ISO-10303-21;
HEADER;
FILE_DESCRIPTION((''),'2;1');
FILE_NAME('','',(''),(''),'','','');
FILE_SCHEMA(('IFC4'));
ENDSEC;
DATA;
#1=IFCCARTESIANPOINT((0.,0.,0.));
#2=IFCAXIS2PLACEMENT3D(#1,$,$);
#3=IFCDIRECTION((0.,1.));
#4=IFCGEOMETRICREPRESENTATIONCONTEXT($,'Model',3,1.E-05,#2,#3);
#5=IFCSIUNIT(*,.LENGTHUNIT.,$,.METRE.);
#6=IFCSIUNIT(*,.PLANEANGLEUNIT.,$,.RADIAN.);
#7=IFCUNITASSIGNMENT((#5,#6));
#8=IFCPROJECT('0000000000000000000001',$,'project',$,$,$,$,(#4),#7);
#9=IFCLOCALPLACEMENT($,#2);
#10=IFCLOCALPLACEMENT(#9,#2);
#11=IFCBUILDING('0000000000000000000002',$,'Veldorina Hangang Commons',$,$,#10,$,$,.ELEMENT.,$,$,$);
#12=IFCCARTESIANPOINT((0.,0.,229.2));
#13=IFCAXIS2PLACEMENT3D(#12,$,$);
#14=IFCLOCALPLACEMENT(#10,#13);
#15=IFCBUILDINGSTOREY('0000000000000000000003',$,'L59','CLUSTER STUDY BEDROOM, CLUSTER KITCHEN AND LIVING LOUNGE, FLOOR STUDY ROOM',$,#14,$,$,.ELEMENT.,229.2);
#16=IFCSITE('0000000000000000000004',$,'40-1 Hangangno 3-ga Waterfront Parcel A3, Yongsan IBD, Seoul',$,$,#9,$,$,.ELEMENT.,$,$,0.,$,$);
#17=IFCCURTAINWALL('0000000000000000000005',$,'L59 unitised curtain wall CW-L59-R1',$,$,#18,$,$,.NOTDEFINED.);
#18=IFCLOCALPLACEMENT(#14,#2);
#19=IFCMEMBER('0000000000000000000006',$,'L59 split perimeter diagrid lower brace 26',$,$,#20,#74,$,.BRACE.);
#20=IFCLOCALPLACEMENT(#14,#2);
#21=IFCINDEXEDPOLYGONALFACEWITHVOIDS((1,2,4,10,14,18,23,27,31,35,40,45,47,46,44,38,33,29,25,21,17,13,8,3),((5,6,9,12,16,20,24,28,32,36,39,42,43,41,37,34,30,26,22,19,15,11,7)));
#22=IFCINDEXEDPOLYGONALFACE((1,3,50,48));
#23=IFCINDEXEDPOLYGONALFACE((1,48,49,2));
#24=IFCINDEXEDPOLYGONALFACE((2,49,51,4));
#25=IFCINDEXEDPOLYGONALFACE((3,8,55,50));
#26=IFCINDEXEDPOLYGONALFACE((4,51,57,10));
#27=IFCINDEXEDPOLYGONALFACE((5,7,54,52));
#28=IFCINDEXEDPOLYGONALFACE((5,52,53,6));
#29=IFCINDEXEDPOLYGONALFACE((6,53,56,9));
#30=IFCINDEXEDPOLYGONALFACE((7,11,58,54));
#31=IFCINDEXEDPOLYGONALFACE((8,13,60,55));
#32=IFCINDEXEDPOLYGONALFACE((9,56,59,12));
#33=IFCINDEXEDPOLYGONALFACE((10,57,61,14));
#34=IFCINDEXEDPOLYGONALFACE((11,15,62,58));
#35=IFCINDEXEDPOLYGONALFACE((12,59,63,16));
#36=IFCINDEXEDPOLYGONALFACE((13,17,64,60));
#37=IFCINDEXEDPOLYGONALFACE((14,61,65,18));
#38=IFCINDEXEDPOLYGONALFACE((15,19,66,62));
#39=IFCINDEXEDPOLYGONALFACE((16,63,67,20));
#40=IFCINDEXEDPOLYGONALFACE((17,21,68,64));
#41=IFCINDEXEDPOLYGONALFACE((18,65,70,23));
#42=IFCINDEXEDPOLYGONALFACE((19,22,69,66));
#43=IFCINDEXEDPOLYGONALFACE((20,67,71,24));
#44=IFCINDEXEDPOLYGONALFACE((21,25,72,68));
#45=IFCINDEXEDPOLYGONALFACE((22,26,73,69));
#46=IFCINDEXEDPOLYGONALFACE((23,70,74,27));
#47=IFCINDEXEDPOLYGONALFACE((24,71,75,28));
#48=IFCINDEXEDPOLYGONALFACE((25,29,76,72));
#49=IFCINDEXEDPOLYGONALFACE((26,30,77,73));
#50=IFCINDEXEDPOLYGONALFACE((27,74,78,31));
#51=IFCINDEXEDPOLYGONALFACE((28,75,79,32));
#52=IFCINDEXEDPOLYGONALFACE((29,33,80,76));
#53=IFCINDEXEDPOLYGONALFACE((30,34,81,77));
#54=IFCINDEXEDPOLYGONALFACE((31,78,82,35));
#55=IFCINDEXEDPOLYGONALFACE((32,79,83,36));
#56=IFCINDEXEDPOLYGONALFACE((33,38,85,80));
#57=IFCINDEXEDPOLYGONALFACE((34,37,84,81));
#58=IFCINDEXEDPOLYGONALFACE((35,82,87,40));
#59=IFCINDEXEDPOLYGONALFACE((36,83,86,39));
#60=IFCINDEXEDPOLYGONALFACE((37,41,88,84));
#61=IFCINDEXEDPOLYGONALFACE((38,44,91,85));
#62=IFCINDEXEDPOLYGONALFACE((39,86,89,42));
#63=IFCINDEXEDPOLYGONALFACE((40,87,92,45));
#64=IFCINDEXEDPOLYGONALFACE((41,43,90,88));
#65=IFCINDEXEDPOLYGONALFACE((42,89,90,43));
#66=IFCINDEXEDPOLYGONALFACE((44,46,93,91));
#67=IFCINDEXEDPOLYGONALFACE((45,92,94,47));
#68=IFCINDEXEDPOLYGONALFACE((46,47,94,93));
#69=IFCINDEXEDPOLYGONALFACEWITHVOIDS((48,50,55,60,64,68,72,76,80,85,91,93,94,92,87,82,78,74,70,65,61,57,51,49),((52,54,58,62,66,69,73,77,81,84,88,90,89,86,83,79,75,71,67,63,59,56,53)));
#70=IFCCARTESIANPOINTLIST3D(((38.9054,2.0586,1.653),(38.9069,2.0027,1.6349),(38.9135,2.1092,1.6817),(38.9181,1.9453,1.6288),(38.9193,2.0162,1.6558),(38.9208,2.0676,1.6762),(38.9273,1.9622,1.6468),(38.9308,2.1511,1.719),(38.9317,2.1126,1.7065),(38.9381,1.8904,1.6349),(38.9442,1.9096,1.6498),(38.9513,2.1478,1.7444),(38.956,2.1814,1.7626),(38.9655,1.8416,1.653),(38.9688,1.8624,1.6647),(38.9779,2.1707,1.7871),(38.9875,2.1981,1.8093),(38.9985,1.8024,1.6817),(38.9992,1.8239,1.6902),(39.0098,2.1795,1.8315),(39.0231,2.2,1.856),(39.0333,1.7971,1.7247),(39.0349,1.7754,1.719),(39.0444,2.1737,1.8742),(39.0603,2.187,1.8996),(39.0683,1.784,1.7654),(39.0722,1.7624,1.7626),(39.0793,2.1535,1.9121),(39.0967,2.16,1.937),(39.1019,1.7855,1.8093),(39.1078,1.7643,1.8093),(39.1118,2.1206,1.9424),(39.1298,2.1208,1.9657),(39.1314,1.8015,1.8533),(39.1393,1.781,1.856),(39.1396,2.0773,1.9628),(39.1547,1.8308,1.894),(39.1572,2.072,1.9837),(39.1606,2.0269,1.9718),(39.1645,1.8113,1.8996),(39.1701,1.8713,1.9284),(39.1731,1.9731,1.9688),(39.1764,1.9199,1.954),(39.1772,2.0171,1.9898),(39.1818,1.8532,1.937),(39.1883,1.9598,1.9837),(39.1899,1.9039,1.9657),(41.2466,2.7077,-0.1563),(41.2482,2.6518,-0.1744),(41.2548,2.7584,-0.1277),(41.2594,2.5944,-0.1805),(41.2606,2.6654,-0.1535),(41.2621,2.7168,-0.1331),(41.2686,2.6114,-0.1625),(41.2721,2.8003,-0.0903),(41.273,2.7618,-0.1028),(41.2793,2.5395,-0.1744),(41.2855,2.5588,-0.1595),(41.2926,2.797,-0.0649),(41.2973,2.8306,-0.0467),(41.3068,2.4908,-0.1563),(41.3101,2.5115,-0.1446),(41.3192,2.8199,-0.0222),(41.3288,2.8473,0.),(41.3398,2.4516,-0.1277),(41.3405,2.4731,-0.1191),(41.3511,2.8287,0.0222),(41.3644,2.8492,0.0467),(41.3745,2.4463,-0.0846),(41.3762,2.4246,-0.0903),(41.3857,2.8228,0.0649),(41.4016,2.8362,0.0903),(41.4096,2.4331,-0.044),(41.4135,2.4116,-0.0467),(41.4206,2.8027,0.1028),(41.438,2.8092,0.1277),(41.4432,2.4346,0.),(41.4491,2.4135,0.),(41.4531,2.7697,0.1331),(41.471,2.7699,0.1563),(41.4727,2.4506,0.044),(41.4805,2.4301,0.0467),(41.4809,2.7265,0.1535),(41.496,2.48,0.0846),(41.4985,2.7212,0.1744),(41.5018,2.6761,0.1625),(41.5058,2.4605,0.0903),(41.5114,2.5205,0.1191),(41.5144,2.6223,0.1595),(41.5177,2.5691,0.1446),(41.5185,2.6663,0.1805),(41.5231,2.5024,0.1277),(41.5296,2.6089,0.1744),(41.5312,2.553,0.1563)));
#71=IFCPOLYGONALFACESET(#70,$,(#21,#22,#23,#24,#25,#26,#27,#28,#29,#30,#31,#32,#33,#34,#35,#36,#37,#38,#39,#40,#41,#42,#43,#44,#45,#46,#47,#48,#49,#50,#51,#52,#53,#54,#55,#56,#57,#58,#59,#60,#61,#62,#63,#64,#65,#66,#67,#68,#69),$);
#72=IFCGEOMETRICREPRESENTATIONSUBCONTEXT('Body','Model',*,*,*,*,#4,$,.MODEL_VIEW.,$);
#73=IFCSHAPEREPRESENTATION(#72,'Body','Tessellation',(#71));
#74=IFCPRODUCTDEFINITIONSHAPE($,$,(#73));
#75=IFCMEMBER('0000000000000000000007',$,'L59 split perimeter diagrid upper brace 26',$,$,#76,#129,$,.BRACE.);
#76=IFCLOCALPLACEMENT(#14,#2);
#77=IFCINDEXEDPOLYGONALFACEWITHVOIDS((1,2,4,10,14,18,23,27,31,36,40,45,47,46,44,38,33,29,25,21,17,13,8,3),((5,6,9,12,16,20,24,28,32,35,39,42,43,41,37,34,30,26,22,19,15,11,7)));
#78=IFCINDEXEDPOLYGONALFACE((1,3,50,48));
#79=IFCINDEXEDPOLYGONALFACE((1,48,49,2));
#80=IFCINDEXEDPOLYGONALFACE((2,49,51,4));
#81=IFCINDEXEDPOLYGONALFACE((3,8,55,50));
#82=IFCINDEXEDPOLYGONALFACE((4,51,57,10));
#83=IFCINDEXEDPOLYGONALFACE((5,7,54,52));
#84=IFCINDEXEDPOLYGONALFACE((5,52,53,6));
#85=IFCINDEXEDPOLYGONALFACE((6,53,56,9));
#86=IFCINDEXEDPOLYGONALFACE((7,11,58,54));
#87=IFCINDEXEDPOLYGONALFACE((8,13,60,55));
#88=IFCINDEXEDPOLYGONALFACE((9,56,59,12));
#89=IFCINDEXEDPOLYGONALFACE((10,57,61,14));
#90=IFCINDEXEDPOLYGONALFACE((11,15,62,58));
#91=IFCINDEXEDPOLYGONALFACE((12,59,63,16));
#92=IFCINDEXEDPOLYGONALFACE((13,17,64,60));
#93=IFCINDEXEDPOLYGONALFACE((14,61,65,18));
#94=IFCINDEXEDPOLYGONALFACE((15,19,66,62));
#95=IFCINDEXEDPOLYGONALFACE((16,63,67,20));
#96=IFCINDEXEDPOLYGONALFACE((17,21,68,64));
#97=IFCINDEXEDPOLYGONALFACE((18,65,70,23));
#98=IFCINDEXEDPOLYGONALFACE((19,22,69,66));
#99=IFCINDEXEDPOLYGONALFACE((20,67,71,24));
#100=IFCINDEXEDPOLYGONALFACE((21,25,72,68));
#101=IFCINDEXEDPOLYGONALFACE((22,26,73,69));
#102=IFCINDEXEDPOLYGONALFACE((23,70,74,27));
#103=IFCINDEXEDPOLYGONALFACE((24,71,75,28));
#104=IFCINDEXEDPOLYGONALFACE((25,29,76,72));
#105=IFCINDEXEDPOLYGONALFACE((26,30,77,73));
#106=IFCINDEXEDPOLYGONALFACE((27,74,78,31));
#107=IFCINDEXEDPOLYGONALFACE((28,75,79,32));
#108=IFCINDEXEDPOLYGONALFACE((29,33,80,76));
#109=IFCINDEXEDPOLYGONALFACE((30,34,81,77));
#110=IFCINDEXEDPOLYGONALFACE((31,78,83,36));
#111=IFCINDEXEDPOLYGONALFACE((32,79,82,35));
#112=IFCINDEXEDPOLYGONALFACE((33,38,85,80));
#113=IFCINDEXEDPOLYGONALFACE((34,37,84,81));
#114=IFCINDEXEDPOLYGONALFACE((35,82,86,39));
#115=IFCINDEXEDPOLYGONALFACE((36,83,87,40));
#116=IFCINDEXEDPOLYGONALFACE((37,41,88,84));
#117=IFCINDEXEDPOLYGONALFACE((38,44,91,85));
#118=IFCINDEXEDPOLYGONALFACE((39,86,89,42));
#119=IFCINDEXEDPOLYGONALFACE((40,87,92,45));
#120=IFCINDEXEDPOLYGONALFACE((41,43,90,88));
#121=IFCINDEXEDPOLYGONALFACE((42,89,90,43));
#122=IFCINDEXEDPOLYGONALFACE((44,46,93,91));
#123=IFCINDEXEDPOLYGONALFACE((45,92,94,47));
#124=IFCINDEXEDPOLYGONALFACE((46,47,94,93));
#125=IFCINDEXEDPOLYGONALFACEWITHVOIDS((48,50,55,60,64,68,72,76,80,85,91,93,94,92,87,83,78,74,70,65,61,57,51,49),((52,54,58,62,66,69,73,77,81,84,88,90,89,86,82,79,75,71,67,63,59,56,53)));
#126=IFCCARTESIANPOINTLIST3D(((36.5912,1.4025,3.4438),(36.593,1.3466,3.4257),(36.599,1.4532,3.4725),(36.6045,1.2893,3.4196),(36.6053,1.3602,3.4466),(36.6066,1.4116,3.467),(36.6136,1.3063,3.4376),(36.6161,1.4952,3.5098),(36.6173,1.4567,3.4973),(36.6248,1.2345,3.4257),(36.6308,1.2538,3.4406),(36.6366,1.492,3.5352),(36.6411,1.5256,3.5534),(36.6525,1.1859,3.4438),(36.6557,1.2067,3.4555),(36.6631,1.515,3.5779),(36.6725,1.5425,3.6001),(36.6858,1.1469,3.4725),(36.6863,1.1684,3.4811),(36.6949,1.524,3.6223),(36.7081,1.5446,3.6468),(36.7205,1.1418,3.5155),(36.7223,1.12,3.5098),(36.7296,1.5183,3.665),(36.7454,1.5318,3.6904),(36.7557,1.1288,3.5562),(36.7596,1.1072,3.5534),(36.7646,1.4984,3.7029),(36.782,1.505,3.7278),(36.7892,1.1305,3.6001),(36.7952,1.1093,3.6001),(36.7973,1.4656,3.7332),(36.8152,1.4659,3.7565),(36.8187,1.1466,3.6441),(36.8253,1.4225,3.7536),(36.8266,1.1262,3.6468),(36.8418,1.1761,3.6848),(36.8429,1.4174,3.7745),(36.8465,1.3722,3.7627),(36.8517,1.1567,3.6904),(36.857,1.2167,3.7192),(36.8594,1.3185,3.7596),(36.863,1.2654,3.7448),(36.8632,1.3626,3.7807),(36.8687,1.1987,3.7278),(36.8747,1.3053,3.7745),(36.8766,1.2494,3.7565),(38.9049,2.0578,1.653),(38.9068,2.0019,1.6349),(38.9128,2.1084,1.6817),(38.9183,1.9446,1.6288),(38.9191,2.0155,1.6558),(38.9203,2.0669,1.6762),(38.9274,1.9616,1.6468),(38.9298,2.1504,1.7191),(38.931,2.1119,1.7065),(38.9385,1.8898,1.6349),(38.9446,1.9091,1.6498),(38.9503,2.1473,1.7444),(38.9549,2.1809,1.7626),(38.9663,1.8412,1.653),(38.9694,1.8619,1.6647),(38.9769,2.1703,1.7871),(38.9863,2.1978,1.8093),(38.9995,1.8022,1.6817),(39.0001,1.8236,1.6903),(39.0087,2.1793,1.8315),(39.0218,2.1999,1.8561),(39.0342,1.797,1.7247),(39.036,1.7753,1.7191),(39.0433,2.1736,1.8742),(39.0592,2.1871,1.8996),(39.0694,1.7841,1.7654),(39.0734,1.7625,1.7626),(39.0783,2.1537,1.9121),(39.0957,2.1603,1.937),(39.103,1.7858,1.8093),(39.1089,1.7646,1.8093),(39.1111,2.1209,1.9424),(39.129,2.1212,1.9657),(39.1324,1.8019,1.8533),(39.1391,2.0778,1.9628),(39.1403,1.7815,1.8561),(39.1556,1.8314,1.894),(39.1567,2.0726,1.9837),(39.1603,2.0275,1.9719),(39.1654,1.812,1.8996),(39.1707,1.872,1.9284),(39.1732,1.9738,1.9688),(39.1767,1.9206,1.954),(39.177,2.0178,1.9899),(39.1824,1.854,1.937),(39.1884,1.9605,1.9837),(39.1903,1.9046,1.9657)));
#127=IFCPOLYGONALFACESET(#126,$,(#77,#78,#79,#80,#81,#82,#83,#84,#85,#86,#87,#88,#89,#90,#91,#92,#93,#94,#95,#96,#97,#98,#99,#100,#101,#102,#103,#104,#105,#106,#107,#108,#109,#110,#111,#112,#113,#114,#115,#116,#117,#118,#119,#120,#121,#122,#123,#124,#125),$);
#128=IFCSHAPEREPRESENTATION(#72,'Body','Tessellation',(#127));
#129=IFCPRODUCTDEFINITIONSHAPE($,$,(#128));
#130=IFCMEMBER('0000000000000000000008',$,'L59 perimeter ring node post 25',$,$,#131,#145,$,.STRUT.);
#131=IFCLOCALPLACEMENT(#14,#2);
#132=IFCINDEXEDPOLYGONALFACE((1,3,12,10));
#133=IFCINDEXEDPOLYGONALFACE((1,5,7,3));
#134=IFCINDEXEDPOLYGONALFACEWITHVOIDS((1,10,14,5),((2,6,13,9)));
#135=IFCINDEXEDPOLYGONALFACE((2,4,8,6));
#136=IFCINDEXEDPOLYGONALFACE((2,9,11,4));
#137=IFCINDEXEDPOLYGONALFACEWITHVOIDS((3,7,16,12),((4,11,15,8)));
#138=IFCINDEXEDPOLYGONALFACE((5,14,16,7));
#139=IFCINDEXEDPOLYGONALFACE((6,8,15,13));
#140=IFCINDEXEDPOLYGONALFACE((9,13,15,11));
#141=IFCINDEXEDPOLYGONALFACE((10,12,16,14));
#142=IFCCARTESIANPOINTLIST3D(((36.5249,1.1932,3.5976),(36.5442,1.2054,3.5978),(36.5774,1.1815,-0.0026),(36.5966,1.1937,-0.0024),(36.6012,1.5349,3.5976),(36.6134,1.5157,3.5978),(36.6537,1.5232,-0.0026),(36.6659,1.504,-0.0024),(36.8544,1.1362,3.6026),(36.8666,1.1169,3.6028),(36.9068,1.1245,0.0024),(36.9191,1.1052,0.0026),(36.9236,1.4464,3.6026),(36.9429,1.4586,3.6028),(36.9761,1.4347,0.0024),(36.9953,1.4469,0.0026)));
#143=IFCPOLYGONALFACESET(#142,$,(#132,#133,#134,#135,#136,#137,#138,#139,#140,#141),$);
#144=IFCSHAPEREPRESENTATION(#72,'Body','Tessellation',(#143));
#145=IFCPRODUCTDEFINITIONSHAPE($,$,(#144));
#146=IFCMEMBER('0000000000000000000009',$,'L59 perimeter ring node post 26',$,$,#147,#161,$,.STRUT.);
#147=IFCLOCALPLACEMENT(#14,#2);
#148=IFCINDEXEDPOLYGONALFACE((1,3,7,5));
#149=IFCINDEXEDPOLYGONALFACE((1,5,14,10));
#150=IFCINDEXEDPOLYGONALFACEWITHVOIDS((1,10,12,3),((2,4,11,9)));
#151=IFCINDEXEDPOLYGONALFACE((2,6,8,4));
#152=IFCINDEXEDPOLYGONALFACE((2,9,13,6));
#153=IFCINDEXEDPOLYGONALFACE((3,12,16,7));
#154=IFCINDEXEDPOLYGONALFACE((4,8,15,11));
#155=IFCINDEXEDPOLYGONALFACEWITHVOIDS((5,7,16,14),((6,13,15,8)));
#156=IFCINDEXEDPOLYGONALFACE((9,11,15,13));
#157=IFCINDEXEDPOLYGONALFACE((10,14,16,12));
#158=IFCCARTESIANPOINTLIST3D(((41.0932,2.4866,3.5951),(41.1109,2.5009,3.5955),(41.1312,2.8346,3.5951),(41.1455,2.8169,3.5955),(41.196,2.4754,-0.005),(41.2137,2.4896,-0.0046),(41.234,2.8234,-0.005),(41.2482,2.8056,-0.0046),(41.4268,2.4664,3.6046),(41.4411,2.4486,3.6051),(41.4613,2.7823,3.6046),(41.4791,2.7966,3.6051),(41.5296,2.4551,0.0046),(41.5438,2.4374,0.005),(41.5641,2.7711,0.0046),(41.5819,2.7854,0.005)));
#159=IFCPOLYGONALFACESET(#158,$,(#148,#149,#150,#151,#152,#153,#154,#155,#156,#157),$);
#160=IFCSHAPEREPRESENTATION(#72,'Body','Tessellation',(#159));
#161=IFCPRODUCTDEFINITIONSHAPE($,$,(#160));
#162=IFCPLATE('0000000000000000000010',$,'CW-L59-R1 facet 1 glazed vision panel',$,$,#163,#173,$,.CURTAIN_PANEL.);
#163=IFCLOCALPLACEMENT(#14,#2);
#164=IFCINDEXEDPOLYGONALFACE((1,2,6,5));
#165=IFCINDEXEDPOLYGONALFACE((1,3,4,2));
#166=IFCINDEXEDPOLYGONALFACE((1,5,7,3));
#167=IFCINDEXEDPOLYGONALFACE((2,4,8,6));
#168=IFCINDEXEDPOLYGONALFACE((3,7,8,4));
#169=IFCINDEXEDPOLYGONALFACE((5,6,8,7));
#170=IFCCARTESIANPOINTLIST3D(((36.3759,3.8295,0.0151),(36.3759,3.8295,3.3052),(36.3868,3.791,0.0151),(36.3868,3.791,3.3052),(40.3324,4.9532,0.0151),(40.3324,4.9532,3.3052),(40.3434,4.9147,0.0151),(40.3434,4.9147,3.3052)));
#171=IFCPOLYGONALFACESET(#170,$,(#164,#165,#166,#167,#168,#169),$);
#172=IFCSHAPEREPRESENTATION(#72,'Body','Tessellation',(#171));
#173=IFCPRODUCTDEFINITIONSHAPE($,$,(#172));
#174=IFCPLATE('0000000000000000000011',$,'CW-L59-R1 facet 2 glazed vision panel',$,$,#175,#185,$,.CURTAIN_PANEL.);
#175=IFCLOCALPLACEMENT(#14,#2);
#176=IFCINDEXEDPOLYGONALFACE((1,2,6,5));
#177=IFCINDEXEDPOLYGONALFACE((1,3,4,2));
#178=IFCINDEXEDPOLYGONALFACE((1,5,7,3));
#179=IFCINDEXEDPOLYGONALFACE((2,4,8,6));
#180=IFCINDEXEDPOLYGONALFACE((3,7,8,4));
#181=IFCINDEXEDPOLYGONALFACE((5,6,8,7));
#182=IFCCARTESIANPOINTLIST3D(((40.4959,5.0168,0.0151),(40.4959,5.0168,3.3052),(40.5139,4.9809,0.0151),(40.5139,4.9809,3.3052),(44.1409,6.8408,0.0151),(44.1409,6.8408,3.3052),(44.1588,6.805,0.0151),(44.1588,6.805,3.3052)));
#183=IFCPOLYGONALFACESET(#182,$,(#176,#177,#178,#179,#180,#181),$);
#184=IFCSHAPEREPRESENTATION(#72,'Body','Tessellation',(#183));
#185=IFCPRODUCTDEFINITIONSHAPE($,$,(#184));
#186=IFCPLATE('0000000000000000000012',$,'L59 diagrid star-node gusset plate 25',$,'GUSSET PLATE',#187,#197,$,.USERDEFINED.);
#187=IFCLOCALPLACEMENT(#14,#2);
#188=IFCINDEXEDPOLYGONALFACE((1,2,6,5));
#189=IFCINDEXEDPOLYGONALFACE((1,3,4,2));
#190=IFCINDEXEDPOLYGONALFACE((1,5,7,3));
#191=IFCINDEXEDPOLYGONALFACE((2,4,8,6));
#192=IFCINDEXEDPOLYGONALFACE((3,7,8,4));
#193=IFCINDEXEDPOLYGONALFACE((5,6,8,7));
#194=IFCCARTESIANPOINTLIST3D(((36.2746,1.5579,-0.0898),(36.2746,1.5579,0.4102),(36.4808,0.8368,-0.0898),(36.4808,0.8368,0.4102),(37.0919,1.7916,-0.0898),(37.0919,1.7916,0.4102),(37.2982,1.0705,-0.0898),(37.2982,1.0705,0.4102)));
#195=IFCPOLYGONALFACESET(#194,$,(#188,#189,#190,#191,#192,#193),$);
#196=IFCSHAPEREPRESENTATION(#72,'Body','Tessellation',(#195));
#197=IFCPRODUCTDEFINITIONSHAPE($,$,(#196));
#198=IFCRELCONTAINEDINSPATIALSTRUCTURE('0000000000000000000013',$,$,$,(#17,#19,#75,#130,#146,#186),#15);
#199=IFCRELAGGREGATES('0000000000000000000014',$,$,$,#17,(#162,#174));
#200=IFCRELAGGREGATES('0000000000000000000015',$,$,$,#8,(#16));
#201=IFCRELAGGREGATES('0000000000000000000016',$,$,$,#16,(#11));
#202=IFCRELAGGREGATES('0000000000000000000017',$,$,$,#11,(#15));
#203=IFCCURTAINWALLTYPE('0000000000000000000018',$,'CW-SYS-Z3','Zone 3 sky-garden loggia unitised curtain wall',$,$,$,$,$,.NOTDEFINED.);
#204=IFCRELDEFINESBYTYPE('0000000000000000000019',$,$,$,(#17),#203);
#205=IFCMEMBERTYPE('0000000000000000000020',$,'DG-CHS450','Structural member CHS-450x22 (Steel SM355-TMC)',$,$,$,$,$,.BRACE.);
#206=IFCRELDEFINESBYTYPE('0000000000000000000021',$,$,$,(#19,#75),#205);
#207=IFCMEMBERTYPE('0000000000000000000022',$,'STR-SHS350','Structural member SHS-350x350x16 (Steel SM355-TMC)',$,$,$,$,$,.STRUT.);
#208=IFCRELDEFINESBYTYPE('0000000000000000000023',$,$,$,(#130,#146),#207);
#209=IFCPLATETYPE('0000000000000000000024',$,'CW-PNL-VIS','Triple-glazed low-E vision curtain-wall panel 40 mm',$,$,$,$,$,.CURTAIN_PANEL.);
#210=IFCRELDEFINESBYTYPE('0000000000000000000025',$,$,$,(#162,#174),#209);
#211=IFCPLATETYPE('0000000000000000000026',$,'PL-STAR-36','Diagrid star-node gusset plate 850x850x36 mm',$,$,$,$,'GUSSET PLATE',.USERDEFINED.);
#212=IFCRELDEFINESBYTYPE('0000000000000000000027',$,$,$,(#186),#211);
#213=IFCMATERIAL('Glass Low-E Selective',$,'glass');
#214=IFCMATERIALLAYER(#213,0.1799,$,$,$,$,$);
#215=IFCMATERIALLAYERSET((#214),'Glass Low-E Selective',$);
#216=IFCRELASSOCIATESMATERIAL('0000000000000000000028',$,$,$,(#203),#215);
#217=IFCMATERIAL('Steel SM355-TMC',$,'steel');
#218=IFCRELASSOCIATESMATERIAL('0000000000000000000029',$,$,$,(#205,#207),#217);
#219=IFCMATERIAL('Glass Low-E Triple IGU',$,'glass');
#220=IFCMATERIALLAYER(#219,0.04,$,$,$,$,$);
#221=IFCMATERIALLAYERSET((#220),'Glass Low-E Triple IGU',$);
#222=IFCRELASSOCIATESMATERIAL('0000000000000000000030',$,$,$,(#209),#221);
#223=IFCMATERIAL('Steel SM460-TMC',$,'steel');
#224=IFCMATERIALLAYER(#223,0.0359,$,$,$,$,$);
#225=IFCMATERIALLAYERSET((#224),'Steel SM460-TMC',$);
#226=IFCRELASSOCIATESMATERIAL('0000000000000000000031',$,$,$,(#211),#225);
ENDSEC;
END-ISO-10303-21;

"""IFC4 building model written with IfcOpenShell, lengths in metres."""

from ifc_helpers import new_model, si_unit, direction, frame, origin, origin_2d, place, context, subcontext, project, spatial, rectangle, hollow_rectangle, hollow_circle, extrude, material, layer, layer_set, material_profile, profile_set, type_object, element, aggregate, save


model = new_model("IFC4")

# Units and contexts
model_context = context("Model", 3, precision=1e-05, world=origin(), true_north=direction((0.0, 1.0)))
body_context = subcontext(model_context, "Body", "Model", "MODEL_VIEW")
ifc_project = project(units=[si_unit("LENGTHUNIT", "METRE"), si_unit("PLANEANGLEUNIT", "RADIAN")], contexts=[model_context])

# Site, building, storey
site_placement = place(None, origin())
site = spatial("IfcSite", under=ifc_project, at=site_placement, Name="40-1 Hangangno 3-ga Waterfront Parcel A3, Yongsan IBD, Seoul", CompositionType="ELEMENT", RefElevation=0.0)
building_placement = place(site_placement, origin())
building = spatial("IfcBuilding", under=site, at=building_placement, Name="Veldorina Hangang Commons", CompositionType="ELEMENT")
storey_placement = place(building_placement, frame((0.0, 0.0, 229.2)))
storey = spatial("IfcBuildingStorey", under=building, at=storey_placement, Name="L59", Description="CLUSTER STUDY BEDROOM, CLUSTER KITCHEN AND LIVING LOUNGE, FLOOR STUDY ROOM", CompositionType="ELEMENT", Elevation=229.2)

# Shared definitions
ifc_material_1 = material(Name="Steel SM355-TMC", Category="steel")

# Curtain wall
ifc_material_2 = material(Name="Glass Low-E Selective", Category="glass")
ifc_layer_1 = layer(ifc_material_2, 0.1799)
ifc_layer_set_1 = layer_set([ifc_layer_1], Name="Glass Low-E Selective")
curtain_wall_type = type_object("IfcCurtainWallType", Name="CW-SYS-Z3", Description="Zone 3 sky-garden loggia unitised curtain wall", PredefinedType="NOTDEFINED", material=ifc_layer_set_1)
curtain_wall_placement = place(storey_placement, origin())
curtain_wall = element("IfcCurtainWall", 1, at=curtain_wall_placement, inside=storey, type_object=curtain_wall_type, Name="L59 unitised curtain wall CW-L59-R1", PredefinedType="NOTDEFINED")

# Members
ifc_material_profile_1 = material_profile(ifc_material_1, hollow_circle(Radius=0.2251, WallThickness=0.022, at=origin_2d()), Name="CHS-450x22")
ifc_profile_set_1 = profile_set([ifc_material_profile_1], Name="Steel SM355-TMC")
member_type_1 = type_object("IfcMemberType", Name="DG-CHS450", Description="Structural member CHS-450x22 (Steel SM355-TMC)", PredefinedType="BRACE", material=ifc_profile_set_1)
member_1_placement = place(storey_placement, frame((41.3889, 2.6304, 0.0), z_axis=(-0.772881, -0.214295, 0.59727), x_axis=(0.267188, -0.963644, 0.0)))
element("IfcMember", 2, at=member_1_placement, inside=storey, type_object=member_type_1, Name="L59 split perimeter diagrid lower brace 26", PredefinedType="BRACE", context=body_context, shape_type="SweptSolid", body=[
    extrude(hollow_circle(Radius=0.2251, WallThickness=0.022, at=origin_2d()), origin(), (0.0, 0.0, 1.0), 3.0293),
])
member_2_placement = place(storey_placement, frame((39.0476, 1.9812, 1.8093), z_axis=(-0.771688, -0.218551, 0.597271), x_axis=(0.272494, -0.962157, 0.0)))
element("IfcMember", 3, at=member_2_placement, inside=storey, type_object=member_type_1, Name="L59 split perimeter diagrid upper brace 26", PredefinedType="BRACE", context=body_context, shape_type="SweptSolid", body=[
    extrude(hollow_circle(Radius=0.2251, WallThickness=0.022, at=origin_2d()), origin(), (0.0, 0.0, 1.0), 2.9983),
])
ifc_material_profile_2 = material_profile(ifc_material_1, hollow_rectangle(XDim=0.3501, YDim=0.3501, WallThickness=0.0161, at=origin_2d()), Name="SHS-350x350x16")
ifc_profile_set_2 = profile_set([ifc_material_profile_2], Name="Steel SM355-TMC")
member_type_2 = type_object("IfcMemberType", Name="STR-SHS350", Description="Structural member SHS-350x350x16 (Steel SM355-TMC)", PredefinedType="STRUT", material=ifc_profile_set_2)
member_3_placement = place(storey_placement, frame((36.7864, 1.3142, 0.0), z_axis=(-0.014579, 0.003255, 0.999888), x_axis=(-0.217892, -0.975973, 0.0)))
element("IfcMember", 4, at=member_3_placement, inside=storey, type_object=member_type_2, Name="L59 perimeter ring node post 25", PredefinedType="STRUT", context=body_context, shape_type="SweptSolid", body=[
    extrude(hollow_rectangle(XDim=0.3501, YDim=0.3501, WallThickness=0.0161, at=origin_2d()), origin(), (0.0, 0.0, 1.0), 3.6006),
])
member_4_placement = place(storey_placement, frame((41.3889, 2.6304, 0.0), z_axis=(-0.028538, 0.003118, 0.999588), x_axis=(-0.108617, -0.994084, 0.0)))
element("IfcMember", 5, at=member_4_placement, inside=storey, type_object=member_type_2, Name="L59 perimeter ring node post 26", PredefinedType="STRUT", context=body_context, shape_type="SweptSolid", body=[
    extrude(hollow_rectangle(XDim=0.3501, YDim=0.3501, WallThickness=0.0161, at=origin_2d()), origin(), (0.0, 0.0, 1.0), 3.6016),
])

# Plates
ifc_material_3 = material(Name="Glass Low-E Triple IGU", Category="glass")
ifc_layer_2 = layer(ifc_material_3, 0.04)
ifc_layer_set_2 = layer_set([ifc_layer_2], Name="Glass Low-E Triple IGU")
plate_type_1 = type_object("IfcPlateType", Name="CW-PNL-VIS", Description="Triple-glazed low-E vision curtain-wall panel 40 mm", PredefinedType="CURTAIN_PANEL", material=ifc_layer_set_2)
plate_1_placement = place(storey_placement, frame((38.3596, 4.3721, 0.0151), z_axis=(0.0, 0.0, 1.0), x_axis=(0.961956, 0.273204, 0.0)))
plate_1 = element("IfcPlate", 6, at=plate_1_placement, type_object=plate_type_1, Name="CW-L59-R1 facet 1 glazed vision panel", PredefinedType="CURTAIN_PANEL", context=body_context, shape_type="SweptSolid", body=[
    extrude(rectangle(XDim=4.113, YDim=0.04, at=origin_2d()), origin(), (0.0, 0.0, 1.0), 3.29),
])
plate_2_placement = place(storey_placement, frame((42.3274, 5.9109, 0.0151), z_axis=(0.0, 0.0, 1.0), x_axis=(0.894271, 0.447525, 0.0)))
plate_2 = element("IfcPlate", 7, at=plate_2_placement, type_object=plate_type_1, Name="CW-L59-R1 facet 2 glazed vision panel", PredefinedType="CURTAIN_PANEL", context=body_context, shape_type="SweptSolid", body=[
    extrude(rectangle(XDim=4.0759, YDim=0.04, at=origin_2d()), origin(), (0.0, 0.0, 1.0), 3.29),
])
aggregate(curtain_wall, [plate_1, plate_2])

# Plate
ifc_material_4 = material(Name="Steel SM460-TMC", Category="steel")
ifc_layer_3 = layer(ifc_material_4, 0.0359)
ifc_layer_set_3 = layer_set([ifc_layer_3], Name="Steel SM460-TMC")
plate_type_2 = type_object("IfcPlateType", Name="PL-STAR-36", Description="Diagrid star-node gusset plate 850x850x36 mm", ElementType="GUSSET PLATE", PredefinedType="USERDEFINED", material=ifc_layer_set_3)
plate_3_placement = place(storey_placement, frame((36.7864, 1.3142, -0.0898), z_axis=(0.0, 0.0, 1.0), x_axis=(0.961454, 0.274966, 0.0)))
element("IfcPlate", 8, at=plate_3_placement, inside=storey, type_object=plate_type_2, Name="L59 diagrid star-node gusset plate 25", ObjectType="GUSSET PLATE", PredefinedType="USERDEFINED", context=body_context, shape_type="SweptSolid", body=[
    extrude(rectangle(XDim=0.8501, YDim=0.75, at=origin_2d()), origin(), (0.0, 0.0, 1.0), 0.5),
])

save(model, "model.ifc")
